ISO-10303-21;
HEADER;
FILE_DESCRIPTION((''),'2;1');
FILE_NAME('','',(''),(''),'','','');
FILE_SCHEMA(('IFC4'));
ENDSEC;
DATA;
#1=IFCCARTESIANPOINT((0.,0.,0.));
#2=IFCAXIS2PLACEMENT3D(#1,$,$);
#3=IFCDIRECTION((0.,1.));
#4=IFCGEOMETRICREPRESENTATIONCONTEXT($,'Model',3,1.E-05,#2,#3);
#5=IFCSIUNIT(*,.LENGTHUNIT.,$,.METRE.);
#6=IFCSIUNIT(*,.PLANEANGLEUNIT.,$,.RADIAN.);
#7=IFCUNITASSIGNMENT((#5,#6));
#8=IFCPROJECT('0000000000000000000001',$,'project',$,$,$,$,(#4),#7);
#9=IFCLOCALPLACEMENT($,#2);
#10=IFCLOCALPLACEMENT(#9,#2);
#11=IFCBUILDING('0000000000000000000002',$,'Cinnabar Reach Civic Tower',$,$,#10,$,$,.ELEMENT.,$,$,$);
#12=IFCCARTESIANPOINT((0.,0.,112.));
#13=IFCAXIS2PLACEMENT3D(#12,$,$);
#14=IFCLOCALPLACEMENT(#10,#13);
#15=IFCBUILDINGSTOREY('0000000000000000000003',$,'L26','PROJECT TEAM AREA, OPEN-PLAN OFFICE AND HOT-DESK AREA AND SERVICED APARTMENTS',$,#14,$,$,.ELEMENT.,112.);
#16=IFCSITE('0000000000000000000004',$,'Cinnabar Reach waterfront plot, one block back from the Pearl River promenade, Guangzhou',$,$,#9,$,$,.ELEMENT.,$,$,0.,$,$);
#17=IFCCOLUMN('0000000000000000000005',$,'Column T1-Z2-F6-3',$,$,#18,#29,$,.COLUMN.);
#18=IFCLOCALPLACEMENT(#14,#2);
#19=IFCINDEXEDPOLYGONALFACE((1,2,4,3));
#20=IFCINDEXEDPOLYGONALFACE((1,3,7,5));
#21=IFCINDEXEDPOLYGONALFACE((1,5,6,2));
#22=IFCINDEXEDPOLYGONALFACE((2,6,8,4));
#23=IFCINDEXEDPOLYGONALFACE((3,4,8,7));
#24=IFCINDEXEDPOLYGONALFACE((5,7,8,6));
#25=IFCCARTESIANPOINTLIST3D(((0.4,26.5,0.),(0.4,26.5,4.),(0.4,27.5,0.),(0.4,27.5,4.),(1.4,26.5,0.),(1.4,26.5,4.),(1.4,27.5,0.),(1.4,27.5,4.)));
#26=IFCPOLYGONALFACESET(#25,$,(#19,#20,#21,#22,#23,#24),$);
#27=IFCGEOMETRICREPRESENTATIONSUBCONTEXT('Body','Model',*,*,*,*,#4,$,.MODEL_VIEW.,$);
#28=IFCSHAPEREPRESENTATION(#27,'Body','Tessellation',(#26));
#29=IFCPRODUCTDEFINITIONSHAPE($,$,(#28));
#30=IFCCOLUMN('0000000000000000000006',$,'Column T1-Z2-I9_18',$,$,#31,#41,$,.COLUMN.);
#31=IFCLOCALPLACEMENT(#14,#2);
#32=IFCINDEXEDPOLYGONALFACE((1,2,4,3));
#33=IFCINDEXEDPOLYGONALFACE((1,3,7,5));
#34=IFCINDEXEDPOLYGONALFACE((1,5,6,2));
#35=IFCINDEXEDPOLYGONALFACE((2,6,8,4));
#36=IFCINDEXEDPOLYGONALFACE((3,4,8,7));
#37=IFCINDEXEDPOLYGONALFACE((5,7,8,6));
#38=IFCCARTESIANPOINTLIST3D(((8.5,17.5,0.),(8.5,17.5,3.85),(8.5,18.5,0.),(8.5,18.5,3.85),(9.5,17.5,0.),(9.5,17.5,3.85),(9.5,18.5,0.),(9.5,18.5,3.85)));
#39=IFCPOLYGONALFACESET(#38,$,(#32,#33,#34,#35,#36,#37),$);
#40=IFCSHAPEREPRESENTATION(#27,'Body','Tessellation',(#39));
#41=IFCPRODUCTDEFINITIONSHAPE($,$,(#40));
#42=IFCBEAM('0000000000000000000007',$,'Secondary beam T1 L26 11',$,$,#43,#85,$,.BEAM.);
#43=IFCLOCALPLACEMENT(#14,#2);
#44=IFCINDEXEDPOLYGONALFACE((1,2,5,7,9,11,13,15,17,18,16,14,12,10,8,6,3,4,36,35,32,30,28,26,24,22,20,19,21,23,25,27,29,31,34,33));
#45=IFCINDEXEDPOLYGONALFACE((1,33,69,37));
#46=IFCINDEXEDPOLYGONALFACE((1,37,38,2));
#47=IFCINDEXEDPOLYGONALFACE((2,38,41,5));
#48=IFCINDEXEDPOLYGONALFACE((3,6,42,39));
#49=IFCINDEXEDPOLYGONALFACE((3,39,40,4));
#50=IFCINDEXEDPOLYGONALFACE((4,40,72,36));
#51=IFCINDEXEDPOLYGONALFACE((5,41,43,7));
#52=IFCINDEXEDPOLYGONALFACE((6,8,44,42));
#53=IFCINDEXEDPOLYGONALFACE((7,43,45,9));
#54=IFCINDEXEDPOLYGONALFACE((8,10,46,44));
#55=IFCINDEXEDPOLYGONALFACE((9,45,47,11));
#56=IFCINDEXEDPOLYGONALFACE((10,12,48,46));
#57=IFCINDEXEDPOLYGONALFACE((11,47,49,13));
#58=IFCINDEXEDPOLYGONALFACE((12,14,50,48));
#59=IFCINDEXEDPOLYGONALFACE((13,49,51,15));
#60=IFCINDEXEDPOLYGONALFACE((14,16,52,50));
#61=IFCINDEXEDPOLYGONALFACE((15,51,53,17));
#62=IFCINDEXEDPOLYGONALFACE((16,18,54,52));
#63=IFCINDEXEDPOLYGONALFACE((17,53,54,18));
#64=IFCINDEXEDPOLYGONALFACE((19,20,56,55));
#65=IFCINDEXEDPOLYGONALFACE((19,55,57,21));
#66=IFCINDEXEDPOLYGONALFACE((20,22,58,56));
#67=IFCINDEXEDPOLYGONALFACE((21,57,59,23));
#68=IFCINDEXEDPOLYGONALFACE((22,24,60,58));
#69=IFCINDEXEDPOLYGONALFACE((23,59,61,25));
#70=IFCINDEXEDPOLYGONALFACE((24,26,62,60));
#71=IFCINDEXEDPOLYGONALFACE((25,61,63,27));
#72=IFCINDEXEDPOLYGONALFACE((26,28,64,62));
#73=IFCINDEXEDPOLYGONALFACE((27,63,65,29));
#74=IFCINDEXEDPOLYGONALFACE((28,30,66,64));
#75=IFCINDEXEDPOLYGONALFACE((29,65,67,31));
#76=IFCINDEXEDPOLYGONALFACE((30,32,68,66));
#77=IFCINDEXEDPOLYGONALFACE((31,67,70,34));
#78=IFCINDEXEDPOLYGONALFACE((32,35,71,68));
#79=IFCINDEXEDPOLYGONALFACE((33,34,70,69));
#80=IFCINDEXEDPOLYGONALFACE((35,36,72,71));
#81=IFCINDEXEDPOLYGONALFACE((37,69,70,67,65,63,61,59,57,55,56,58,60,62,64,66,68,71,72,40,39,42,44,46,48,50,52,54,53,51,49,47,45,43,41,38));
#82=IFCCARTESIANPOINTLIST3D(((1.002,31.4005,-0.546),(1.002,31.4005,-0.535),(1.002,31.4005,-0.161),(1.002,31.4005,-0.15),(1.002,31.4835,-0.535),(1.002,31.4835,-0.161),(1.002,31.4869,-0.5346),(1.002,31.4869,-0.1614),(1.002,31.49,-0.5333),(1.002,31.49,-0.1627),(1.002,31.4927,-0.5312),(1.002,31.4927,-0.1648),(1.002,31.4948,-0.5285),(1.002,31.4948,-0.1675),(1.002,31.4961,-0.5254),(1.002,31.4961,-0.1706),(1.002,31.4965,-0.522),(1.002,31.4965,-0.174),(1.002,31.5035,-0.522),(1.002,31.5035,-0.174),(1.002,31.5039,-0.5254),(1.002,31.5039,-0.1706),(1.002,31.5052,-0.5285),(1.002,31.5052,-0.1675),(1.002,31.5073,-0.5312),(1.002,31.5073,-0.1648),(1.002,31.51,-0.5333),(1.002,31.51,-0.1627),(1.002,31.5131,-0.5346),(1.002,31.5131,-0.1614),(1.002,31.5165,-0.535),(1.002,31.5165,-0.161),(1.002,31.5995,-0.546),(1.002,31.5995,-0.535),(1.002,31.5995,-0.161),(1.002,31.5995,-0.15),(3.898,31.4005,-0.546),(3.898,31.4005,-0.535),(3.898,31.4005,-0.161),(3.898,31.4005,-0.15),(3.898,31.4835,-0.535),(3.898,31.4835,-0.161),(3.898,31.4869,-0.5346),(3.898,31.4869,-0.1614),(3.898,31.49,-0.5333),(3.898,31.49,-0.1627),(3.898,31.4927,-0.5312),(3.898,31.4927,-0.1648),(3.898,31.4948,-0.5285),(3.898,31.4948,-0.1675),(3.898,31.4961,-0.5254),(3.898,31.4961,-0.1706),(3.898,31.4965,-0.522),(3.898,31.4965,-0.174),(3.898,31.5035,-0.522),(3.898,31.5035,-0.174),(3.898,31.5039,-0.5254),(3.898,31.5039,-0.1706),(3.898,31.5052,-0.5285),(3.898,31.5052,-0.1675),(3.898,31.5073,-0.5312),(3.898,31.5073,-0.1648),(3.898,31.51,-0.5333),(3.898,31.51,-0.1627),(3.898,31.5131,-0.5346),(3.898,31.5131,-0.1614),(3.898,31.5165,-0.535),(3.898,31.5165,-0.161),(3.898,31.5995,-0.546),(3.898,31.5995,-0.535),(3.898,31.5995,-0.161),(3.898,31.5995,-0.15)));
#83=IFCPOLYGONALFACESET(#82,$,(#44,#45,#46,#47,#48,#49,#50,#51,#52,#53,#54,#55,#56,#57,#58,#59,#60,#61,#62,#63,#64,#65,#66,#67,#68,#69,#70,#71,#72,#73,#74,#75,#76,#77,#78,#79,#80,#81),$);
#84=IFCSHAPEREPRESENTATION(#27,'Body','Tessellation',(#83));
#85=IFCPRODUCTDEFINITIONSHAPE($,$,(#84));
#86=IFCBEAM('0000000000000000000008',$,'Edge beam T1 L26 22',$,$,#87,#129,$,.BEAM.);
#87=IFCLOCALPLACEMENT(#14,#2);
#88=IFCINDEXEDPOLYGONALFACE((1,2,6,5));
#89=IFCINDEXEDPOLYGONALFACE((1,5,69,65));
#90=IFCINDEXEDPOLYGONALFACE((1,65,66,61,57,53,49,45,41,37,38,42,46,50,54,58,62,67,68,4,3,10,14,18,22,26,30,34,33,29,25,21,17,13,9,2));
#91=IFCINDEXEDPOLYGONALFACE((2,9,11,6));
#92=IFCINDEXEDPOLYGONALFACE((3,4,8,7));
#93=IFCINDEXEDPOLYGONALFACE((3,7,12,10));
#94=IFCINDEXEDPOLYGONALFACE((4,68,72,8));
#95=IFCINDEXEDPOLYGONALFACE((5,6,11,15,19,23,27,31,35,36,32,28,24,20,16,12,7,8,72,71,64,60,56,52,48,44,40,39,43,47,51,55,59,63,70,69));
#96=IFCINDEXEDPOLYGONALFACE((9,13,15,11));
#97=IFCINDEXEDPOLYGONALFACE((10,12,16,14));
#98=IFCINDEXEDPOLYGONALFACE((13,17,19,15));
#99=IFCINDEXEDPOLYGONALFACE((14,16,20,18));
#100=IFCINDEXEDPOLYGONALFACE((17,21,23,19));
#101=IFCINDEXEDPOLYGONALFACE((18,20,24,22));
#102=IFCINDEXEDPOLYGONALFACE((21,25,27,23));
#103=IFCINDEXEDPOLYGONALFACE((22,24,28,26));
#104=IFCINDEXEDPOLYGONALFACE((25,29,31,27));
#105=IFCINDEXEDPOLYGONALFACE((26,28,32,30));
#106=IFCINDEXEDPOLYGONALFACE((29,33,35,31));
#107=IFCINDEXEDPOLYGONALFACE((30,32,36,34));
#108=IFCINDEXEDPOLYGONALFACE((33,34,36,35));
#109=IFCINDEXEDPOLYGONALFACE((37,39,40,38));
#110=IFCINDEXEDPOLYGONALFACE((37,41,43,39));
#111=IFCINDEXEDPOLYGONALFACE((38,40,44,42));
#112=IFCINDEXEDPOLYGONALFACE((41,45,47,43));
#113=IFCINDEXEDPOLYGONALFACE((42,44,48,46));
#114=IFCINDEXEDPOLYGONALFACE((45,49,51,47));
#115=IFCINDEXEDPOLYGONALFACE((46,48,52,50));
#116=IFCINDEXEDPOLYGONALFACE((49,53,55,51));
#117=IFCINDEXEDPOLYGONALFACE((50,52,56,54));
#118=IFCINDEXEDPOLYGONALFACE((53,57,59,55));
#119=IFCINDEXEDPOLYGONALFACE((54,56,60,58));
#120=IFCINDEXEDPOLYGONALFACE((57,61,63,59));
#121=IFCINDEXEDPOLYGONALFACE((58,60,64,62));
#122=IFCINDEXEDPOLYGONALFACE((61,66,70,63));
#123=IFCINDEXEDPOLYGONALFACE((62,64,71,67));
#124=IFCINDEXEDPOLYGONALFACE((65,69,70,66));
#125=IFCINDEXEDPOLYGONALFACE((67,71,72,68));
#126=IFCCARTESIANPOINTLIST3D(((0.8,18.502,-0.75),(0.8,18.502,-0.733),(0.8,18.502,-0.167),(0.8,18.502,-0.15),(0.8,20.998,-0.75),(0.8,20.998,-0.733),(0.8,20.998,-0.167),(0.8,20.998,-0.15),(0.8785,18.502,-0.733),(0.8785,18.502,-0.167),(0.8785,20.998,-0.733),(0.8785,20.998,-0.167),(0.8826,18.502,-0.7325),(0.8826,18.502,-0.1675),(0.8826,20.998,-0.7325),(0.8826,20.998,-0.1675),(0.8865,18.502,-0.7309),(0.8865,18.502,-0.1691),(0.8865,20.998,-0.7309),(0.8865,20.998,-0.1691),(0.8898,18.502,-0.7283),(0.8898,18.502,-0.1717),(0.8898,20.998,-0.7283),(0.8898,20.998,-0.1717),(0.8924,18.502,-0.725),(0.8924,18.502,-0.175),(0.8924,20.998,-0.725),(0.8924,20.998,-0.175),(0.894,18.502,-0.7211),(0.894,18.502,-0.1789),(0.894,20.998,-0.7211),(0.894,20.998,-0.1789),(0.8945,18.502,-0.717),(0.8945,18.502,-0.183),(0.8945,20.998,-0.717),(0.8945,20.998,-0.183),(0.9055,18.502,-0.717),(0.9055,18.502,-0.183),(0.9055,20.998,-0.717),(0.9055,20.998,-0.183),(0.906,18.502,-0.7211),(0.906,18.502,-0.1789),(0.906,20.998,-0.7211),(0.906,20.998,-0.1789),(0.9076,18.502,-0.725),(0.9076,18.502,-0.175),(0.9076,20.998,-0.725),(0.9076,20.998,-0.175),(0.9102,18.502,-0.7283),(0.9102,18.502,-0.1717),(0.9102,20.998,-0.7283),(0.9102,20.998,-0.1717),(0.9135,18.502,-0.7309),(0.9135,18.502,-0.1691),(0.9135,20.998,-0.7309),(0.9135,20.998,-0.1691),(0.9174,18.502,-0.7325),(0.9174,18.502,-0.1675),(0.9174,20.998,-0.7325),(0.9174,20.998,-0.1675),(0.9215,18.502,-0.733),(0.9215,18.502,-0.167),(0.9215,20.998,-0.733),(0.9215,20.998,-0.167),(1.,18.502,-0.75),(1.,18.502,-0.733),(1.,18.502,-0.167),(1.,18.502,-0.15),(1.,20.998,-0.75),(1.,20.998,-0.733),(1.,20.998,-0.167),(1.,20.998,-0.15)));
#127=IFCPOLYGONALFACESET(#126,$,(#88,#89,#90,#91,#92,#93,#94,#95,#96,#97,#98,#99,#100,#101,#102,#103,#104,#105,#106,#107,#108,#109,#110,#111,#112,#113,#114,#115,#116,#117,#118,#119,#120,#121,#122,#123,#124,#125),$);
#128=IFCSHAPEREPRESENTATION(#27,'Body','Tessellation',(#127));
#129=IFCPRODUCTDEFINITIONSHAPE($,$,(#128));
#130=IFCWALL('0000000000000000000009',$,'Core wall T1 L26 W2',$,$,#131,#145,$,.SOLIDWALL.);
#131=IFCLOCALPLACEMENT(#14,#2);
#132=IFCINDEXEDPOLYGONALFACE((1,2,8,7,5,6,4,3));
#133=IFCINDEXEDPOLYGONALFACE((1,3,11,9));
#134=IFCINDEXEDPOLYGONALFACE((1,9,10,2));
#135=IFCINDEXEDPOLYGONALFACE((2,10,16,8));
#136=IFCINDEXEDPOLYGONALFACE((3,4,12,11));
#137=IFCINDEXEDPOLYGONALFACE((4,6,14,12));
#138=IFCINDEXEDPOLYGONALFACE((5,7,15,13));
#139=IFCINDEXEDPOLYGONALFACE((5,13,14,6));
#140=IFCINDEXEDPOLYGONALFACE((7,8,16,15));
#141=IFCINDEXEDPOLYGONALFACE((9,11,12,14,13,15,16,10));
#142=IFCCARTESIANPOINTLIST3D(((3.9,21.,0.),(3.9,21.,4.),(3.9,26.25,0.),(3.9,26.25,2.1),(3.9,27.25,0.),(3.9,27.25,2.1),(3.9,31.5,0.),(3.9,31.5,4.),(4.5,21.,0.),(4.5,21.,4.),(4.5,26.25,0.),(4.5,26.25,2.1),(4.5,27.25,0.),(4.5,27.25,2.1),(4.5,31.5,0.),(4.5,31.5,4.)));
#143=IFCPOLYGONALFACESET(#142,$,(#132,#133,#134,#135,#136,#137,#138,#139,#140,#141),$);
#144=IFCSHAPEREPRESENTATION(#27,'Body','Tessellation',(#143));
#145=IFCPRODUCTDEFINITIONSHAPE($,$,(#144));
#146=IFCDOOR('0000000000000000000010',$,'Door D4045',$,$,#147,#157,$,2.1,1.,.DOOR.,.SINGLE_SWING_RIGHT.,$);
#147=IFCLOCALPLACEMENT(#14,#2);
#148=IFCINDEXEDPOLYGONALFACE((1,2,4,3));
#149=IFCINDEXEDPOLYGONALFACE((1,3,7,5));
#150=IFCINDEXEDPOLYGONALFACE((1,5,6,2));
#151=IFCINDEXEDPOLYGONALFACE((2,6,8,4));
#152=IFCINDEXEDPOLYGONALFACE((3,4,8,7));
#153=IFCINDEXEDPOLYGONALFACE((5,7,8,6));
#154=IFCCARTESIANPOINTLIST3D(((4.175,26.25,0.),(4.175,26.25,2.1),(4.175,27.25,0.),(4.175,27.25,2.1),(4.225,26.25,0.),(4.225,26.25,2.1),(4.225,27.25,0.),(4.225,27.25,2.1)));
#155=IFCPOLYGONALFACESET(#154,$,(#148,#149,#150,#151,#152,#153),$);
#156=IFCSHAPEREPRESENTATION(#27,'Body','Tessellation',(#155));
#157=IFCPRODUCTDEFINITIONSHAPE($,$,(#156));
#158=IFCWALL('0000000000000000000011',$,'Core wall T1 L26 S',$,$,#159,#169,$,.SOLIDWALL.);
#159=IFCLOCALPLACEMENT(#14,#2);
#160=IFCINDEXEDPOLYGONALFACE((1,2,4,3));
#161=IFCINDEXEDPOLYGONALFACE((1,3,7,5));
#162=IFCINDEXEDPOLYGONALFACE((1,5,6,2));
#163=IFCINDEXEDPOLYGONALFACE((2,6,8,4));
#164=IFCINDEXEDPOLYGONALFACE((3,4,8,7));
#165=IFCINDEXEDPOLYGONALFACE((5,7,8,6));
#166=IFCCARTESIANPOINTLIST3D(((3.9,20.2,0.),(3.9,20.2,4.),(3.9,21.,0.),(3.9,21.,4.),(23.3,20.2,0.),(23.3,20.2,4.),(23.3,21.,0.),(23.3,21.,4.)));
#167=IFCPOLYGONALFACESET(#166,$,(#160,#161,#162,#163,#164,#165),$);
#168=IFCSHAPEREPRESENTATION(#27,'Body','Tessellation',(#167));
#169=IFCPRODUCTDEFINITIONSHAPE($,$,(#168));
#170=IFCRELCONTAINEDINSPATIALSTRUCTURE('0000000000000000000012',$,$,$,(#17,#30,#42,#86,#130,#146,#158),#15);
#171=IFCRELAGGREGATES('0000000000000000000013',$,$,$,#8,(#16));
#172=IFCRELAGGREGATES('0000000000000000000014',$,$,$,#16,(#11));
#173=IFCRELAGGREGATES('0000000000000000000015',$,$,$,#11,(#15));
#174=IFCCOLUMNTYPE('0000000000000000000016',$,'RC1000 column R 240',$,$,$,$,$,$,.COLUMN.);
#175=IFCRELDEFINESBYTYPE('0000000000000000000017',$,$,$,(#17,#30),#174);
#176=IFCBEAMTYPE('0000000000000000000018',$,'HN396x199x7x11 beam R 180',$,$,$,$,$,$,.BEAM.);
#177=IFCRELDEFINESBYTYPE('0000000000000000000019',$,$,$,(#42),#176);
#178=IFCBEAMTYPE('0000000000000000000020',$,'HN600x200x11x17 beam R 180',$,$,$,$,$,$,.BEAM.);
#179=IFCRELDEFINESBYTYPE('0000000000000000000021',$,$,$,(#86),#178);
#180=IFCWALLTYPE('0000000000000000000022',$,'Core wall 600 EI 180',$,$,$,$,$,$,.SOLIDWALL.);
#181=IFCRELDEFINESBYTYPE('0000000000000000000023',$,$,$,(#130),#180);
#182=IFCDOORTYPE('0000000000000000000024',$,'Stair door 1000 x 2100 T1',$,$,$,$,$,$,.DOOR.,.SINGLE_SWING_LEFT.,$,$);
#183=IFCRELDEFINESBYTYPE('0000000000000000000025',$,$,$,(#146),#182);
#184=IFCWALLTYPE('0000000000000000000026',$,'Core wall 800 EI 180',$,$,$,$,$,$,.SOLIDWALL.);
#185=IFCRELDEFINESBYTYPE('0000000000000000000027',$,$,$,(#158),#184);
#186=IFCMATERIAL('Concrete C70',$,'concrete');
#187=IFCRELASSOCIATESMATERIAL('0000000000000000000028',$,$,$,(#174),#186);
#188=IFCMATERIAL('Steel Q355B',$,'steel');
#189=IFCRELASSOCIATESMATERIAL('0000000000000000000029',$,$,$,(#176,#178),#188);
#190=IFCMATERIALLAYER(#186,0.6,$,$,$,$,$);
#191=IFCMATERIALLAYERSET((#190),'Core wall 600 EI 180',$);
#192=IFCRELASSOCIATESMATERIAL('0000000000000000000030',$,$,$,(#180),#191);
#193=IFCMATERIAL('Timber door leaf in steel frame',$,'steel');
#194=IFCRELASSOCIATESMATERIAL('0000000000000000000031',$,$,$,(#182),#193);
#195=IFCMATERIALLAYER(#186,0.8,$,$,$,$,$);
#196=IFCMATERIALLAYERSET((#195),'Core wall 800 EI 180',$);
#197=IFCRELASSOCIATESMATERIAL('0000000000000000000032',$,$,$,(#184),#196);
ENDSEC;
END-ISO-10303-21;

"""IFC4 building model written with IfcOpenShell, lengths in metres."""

from ifc_helpers import new_model, si_unit, direction, frame, frame_2d, origin, origin_2d, place, context, subcontext, project, spatial, rectangle, i_section, extrude, material, layer, layer_set, material_profile, profile_set, type_object, element, fill, save


model = new_model("IFC4")

# Units and contexts
model_context = context("Model", 3, precision=1e-05, world=origin(), true_north=direction((0.0, 1.0)))
body_context = subcontext(model_context, "Body", "Model", "MODEL_VIEW")
ifc_project = project(units=[si_unit("LENGTHUNIT", "METRE"), si_unit("PLANEANGLEUNIT", "RADIAN")], contexts=[model_context])

# Site, building, storey
site_placement = place(None, origin())
site = spatial("IfcSite", under=ifc_project, at=site_placement, Name="Cinnabar Reach waterfront plot, one block back from the Pearl River promenade, Guangzhou", CompositionType="ELEMENT", RefElevation=0.0)
building_placement = place(site_placement, origin())
building = spatial("IfcBuilding", under=site, at=building_placement, Name="Cinnabar Reach Civic Tower", CompositionType="ELEMENT")
storey_placement = place(building_placement, frame((0.0, 0.0, 112.0)))
storey = spatial("IfcBuildingStorey", under=building, at=storey_placement, Name="L26", Description="PROJECT TEAM AREA, OPEN-PLAN OFFICE AND HOT-DESK AREA AND SERVICED APARTMENTS", CompositionType="ELEMENT", Elevation=112.0)

# Columns
ifc_material_1 = material(Name="Concrete C70", Category="concrete")
ifc_material_profile_1 = material_profile(ifc_material_1, rectangle(XDim=1.0, YDim=1.0, at=origin_2d()), Name="RC1000")
ifc_profile_set_1 = profile_set([ifc_material_profile_1], Name="Concrete C70")
column_type = type_object("IfcColumnType", Name="RC1000 column R 240", PredefinedType="COLUMN", material=ifc_profile_set_1)
column_1_placement = place(storey_placement, frame((0.9, 27.0, 0.0), z_axis=(0.0, 0.0, 1.0), x_axis=(1.0, 0.0, 0.0)))
element("IfcColumn", 1, at=column_1_placement, inside=storey, type_object=column_type, Name="Column T1-Z2-F6-3", PredefinedType="COLUMN", context=body_context, shape_type="SweptSolid", body=[
    extrude(rectangle(XDim=1.0, YDim=1.0, at=origin_2d()), origin(), (0.0, 0.0, 1.0), 4.0),
])
column_2_placement = place(storey_placement, frame((9.0, 18.0, 0.0), z_axis=(0.0, 0.0, 1.0), x_axis=(1.0, 0.0, 0.0)))
element("IfcColumn", 2, at=column_2_placement, inside=storey, type_object=column_type, Name="Column T1-Z2-I9_18", PredefinedType="COLUMN", context=body_context, shape_type="SweptSolid", body=[
    extrude(rectangle(XDim=1.0, YDim=1.0, at=origin_2d()), origin(), (0.0, 0.0, 1.0), 3.85),
])

# Beams
ifc_material_2 = material(Name="Steel Q355B", Category="steel")
ifc_material_profile_2 = material_profile(ifc_material_2, i_section(OverallWidth=0.199, OverallDepth=0.396, WebThickness=0.007, FlangeThickness=0.011, FilletRadius=0.013, at=origin_2d()), Name="HN396x199x7x11")
ifc_profile_set_2 = profile_set([ifc_material_profile_2], Name="Steel Q355B")
beam_type_1 = type_object("IfcBeamType", Name="HN396x199x7x11 beam R 180", PredefinedType="BEAM", material=ifc_profile_set_2)
beam_1_placement = place(storey_placement, frame((1.002, 31.5, -0.348), z_axis=(1.0, 0.0, 0.0), x_axis=(0.0, 1.0, 0.0)))
element("IfcBeam", 3, at=beam_1_placement, inside=storey, type_object=beam_type_1, Name="Secondary beam T1 L26 11", PredefinedType="BEAM", context=body_context, shape_type="SweptSolid", body=[
    extrude(i_section(OverallWidth=0.199, OverallDepth=0.396, WebThickness=0.007, FlangeThickness=0.011, FilletRadius=0.013, at=origin_2d()), origin(), (0.0, 0.0, 1.0), 2.896),
])
ifc_material_profile_3 = material_profile(ifc_material_2, i_section(OverallWidth=0.2, OverallDepth=0.6, WebThickness=0.011, FlangeThickness=0.017, FilletRadius=0.016, at=origin_2d()), Name="HN600x200x11x17")
ifc_profile_set_3 = profile_set([ifc_material_profile_3], Name="Steel Q355B")
beam_type_2 = type_object("IfcBeamType", Name="HN600x200x11x17 beam R 180", PredefinedType="BEAM", material=ifc_profile_set_3)
beam_2_placement = place(storey_placement, frame((0.9, 20.998, -0.45), z_axis=(0.0, -1.0, 0.0), x_axis=(1.0, 0.0, 0.0)))
element("IfcBeam", 4, at=beam_2_placement, inside=storey, type_object=beam_type_2, Name="Edge beam T1 L26 22", PredefinedType="BEAM", context=body_context, shape_type="SweptSolid", body=[
    extrude(i_section(OverallWidth=0.2, OverallDepth=0.6, WebThickness=0.011, FlangeThickness=0.017, FilletRadius=0.016, at=origin_2d()), origin(), (0.0, 0.0, 1.0), 2.496),
])

# Wall, opening, door
ifc_layer_1 = layer(ifc_material_1, 0.6)
ifc_layer_set_1 = layer_set([ifc_layer_1], Name="Core wall 600 EI 180")
wall_type_1 = type_object("IfcWallType", Name="Core wall 600 EI 180", PredefinedType="SOLIDWALL", material=ifc_layer_set_1)
wall_1_placement = place(storey_placement, frame((4.2, 31.5, 0.0), z_axis=(0.0, 0.0, 1.0), x_axis=(0.0, -1.0, 0.0)))
wall_1 = element("IfcWall", 5, at=wall_1_placement, inside=storey, type_object=wall_type_1, Name="Core wall T1 L26 W2", PredefinedType="SOLIDWALL", context=body_context, shape_type="SweptSolid", body=[
    extrude(rectangle(XDim=10.5, YDim=0.6, at=frame_2d((5.25, 0.0))), origin(), (0.0, 0.0, 1.0), 4.0),
])
opening_1_placement = place(wall_1_placement, frame((4.25, 0.0, 0.0)))
opening_1 = element("IfcOpeningElement", 6, at=opening_1_placement, cuts=wall_1, PredefinedType="OPENING", context=body_context, shape_type="SweptSolid", body=[
    extrude(rectangle(XDim=1.0, YDim=2.1, at=frame_2d((0.5, 1.05))), frame((0.0, 0.31, 0.0), z_axis=(0.0, -1.0, 0.0), x_axis=(1.0, 0.0, 0.0)), (0.0, 0.0, 1.0), 0.62),
])
ifc_material_3 = material(Name="Timber door leaf in steel frame", Category="steel")
door_type_1 = type_object("IfcDoorType", Name="Stair door 1000 x 2100 T1", OperationType="SINGLE_SWING_LEFT", PredefinedType="DOOR", material=ifc_material_3)
door_1_placement = place(opening_1_placement, frame((1.0, 0.0, 0.0), z_axis=(0.0, 0.0, 1.0), x_axis=(-1.0, 0.0, 0.0)))
door_1 = element("IfcDoor", 7, at=door_1_placement, inside=storey, type_object=door_type_1, Name="Door D4045", OperationType="SINGLE_SWING_RIGHT", OverallHeight=2.1, OverallWidth=1.0, PredefinedType="DOOR", context=body_context, shape_type="SweptSolid", body=[
    extrude(rectangle(XDim=1.0, YDim=2.1, at=frame_2d((0.5, 1.05))), frame((0.0, 0.025, 0.0), z_axis=(0.0, -1.0, 0.0), x_axis=(1.0, 0.0, 0.0)), (0.0, 0.0, 1.0), 0.05),
])
fill(opening_1, door_1)

# Wall
ifc_layer_2 = layer(ifc_material_1, 0.8)
ifc_layer_set_2 = layer_set([ifc_layer_2], Name="Core wall 800 EI 180")
wall_type_2 = type_object("IfcWallType", Name="Core wall 800 EI 180", PredefinedType="SOLIDWALL", material=ifc_layer_set_2)
wall_2_placement = place(storey_placement, frame((3.9, 20.6, 0.0), z_axis=(0.0, 0.0, 1.0), x_axis=(1.0, 0.0, 0.0)))
element("IfcWall", 8, at=wall_2_placement, inside=storey, type_object=wall_type_2, Name="Core wall T1 L26 S", PredefinedType="SOLIDWALL", context=body_context, shape_type="SweptSolid", body=[
    extrude(rectangle(XDim=19.4, YDim=0.8, at=frame_2d((9.7, 0.0))), origin(), (0.0, 0.0, 1.0), 4.0),
])

save(model, "model.ifc")
